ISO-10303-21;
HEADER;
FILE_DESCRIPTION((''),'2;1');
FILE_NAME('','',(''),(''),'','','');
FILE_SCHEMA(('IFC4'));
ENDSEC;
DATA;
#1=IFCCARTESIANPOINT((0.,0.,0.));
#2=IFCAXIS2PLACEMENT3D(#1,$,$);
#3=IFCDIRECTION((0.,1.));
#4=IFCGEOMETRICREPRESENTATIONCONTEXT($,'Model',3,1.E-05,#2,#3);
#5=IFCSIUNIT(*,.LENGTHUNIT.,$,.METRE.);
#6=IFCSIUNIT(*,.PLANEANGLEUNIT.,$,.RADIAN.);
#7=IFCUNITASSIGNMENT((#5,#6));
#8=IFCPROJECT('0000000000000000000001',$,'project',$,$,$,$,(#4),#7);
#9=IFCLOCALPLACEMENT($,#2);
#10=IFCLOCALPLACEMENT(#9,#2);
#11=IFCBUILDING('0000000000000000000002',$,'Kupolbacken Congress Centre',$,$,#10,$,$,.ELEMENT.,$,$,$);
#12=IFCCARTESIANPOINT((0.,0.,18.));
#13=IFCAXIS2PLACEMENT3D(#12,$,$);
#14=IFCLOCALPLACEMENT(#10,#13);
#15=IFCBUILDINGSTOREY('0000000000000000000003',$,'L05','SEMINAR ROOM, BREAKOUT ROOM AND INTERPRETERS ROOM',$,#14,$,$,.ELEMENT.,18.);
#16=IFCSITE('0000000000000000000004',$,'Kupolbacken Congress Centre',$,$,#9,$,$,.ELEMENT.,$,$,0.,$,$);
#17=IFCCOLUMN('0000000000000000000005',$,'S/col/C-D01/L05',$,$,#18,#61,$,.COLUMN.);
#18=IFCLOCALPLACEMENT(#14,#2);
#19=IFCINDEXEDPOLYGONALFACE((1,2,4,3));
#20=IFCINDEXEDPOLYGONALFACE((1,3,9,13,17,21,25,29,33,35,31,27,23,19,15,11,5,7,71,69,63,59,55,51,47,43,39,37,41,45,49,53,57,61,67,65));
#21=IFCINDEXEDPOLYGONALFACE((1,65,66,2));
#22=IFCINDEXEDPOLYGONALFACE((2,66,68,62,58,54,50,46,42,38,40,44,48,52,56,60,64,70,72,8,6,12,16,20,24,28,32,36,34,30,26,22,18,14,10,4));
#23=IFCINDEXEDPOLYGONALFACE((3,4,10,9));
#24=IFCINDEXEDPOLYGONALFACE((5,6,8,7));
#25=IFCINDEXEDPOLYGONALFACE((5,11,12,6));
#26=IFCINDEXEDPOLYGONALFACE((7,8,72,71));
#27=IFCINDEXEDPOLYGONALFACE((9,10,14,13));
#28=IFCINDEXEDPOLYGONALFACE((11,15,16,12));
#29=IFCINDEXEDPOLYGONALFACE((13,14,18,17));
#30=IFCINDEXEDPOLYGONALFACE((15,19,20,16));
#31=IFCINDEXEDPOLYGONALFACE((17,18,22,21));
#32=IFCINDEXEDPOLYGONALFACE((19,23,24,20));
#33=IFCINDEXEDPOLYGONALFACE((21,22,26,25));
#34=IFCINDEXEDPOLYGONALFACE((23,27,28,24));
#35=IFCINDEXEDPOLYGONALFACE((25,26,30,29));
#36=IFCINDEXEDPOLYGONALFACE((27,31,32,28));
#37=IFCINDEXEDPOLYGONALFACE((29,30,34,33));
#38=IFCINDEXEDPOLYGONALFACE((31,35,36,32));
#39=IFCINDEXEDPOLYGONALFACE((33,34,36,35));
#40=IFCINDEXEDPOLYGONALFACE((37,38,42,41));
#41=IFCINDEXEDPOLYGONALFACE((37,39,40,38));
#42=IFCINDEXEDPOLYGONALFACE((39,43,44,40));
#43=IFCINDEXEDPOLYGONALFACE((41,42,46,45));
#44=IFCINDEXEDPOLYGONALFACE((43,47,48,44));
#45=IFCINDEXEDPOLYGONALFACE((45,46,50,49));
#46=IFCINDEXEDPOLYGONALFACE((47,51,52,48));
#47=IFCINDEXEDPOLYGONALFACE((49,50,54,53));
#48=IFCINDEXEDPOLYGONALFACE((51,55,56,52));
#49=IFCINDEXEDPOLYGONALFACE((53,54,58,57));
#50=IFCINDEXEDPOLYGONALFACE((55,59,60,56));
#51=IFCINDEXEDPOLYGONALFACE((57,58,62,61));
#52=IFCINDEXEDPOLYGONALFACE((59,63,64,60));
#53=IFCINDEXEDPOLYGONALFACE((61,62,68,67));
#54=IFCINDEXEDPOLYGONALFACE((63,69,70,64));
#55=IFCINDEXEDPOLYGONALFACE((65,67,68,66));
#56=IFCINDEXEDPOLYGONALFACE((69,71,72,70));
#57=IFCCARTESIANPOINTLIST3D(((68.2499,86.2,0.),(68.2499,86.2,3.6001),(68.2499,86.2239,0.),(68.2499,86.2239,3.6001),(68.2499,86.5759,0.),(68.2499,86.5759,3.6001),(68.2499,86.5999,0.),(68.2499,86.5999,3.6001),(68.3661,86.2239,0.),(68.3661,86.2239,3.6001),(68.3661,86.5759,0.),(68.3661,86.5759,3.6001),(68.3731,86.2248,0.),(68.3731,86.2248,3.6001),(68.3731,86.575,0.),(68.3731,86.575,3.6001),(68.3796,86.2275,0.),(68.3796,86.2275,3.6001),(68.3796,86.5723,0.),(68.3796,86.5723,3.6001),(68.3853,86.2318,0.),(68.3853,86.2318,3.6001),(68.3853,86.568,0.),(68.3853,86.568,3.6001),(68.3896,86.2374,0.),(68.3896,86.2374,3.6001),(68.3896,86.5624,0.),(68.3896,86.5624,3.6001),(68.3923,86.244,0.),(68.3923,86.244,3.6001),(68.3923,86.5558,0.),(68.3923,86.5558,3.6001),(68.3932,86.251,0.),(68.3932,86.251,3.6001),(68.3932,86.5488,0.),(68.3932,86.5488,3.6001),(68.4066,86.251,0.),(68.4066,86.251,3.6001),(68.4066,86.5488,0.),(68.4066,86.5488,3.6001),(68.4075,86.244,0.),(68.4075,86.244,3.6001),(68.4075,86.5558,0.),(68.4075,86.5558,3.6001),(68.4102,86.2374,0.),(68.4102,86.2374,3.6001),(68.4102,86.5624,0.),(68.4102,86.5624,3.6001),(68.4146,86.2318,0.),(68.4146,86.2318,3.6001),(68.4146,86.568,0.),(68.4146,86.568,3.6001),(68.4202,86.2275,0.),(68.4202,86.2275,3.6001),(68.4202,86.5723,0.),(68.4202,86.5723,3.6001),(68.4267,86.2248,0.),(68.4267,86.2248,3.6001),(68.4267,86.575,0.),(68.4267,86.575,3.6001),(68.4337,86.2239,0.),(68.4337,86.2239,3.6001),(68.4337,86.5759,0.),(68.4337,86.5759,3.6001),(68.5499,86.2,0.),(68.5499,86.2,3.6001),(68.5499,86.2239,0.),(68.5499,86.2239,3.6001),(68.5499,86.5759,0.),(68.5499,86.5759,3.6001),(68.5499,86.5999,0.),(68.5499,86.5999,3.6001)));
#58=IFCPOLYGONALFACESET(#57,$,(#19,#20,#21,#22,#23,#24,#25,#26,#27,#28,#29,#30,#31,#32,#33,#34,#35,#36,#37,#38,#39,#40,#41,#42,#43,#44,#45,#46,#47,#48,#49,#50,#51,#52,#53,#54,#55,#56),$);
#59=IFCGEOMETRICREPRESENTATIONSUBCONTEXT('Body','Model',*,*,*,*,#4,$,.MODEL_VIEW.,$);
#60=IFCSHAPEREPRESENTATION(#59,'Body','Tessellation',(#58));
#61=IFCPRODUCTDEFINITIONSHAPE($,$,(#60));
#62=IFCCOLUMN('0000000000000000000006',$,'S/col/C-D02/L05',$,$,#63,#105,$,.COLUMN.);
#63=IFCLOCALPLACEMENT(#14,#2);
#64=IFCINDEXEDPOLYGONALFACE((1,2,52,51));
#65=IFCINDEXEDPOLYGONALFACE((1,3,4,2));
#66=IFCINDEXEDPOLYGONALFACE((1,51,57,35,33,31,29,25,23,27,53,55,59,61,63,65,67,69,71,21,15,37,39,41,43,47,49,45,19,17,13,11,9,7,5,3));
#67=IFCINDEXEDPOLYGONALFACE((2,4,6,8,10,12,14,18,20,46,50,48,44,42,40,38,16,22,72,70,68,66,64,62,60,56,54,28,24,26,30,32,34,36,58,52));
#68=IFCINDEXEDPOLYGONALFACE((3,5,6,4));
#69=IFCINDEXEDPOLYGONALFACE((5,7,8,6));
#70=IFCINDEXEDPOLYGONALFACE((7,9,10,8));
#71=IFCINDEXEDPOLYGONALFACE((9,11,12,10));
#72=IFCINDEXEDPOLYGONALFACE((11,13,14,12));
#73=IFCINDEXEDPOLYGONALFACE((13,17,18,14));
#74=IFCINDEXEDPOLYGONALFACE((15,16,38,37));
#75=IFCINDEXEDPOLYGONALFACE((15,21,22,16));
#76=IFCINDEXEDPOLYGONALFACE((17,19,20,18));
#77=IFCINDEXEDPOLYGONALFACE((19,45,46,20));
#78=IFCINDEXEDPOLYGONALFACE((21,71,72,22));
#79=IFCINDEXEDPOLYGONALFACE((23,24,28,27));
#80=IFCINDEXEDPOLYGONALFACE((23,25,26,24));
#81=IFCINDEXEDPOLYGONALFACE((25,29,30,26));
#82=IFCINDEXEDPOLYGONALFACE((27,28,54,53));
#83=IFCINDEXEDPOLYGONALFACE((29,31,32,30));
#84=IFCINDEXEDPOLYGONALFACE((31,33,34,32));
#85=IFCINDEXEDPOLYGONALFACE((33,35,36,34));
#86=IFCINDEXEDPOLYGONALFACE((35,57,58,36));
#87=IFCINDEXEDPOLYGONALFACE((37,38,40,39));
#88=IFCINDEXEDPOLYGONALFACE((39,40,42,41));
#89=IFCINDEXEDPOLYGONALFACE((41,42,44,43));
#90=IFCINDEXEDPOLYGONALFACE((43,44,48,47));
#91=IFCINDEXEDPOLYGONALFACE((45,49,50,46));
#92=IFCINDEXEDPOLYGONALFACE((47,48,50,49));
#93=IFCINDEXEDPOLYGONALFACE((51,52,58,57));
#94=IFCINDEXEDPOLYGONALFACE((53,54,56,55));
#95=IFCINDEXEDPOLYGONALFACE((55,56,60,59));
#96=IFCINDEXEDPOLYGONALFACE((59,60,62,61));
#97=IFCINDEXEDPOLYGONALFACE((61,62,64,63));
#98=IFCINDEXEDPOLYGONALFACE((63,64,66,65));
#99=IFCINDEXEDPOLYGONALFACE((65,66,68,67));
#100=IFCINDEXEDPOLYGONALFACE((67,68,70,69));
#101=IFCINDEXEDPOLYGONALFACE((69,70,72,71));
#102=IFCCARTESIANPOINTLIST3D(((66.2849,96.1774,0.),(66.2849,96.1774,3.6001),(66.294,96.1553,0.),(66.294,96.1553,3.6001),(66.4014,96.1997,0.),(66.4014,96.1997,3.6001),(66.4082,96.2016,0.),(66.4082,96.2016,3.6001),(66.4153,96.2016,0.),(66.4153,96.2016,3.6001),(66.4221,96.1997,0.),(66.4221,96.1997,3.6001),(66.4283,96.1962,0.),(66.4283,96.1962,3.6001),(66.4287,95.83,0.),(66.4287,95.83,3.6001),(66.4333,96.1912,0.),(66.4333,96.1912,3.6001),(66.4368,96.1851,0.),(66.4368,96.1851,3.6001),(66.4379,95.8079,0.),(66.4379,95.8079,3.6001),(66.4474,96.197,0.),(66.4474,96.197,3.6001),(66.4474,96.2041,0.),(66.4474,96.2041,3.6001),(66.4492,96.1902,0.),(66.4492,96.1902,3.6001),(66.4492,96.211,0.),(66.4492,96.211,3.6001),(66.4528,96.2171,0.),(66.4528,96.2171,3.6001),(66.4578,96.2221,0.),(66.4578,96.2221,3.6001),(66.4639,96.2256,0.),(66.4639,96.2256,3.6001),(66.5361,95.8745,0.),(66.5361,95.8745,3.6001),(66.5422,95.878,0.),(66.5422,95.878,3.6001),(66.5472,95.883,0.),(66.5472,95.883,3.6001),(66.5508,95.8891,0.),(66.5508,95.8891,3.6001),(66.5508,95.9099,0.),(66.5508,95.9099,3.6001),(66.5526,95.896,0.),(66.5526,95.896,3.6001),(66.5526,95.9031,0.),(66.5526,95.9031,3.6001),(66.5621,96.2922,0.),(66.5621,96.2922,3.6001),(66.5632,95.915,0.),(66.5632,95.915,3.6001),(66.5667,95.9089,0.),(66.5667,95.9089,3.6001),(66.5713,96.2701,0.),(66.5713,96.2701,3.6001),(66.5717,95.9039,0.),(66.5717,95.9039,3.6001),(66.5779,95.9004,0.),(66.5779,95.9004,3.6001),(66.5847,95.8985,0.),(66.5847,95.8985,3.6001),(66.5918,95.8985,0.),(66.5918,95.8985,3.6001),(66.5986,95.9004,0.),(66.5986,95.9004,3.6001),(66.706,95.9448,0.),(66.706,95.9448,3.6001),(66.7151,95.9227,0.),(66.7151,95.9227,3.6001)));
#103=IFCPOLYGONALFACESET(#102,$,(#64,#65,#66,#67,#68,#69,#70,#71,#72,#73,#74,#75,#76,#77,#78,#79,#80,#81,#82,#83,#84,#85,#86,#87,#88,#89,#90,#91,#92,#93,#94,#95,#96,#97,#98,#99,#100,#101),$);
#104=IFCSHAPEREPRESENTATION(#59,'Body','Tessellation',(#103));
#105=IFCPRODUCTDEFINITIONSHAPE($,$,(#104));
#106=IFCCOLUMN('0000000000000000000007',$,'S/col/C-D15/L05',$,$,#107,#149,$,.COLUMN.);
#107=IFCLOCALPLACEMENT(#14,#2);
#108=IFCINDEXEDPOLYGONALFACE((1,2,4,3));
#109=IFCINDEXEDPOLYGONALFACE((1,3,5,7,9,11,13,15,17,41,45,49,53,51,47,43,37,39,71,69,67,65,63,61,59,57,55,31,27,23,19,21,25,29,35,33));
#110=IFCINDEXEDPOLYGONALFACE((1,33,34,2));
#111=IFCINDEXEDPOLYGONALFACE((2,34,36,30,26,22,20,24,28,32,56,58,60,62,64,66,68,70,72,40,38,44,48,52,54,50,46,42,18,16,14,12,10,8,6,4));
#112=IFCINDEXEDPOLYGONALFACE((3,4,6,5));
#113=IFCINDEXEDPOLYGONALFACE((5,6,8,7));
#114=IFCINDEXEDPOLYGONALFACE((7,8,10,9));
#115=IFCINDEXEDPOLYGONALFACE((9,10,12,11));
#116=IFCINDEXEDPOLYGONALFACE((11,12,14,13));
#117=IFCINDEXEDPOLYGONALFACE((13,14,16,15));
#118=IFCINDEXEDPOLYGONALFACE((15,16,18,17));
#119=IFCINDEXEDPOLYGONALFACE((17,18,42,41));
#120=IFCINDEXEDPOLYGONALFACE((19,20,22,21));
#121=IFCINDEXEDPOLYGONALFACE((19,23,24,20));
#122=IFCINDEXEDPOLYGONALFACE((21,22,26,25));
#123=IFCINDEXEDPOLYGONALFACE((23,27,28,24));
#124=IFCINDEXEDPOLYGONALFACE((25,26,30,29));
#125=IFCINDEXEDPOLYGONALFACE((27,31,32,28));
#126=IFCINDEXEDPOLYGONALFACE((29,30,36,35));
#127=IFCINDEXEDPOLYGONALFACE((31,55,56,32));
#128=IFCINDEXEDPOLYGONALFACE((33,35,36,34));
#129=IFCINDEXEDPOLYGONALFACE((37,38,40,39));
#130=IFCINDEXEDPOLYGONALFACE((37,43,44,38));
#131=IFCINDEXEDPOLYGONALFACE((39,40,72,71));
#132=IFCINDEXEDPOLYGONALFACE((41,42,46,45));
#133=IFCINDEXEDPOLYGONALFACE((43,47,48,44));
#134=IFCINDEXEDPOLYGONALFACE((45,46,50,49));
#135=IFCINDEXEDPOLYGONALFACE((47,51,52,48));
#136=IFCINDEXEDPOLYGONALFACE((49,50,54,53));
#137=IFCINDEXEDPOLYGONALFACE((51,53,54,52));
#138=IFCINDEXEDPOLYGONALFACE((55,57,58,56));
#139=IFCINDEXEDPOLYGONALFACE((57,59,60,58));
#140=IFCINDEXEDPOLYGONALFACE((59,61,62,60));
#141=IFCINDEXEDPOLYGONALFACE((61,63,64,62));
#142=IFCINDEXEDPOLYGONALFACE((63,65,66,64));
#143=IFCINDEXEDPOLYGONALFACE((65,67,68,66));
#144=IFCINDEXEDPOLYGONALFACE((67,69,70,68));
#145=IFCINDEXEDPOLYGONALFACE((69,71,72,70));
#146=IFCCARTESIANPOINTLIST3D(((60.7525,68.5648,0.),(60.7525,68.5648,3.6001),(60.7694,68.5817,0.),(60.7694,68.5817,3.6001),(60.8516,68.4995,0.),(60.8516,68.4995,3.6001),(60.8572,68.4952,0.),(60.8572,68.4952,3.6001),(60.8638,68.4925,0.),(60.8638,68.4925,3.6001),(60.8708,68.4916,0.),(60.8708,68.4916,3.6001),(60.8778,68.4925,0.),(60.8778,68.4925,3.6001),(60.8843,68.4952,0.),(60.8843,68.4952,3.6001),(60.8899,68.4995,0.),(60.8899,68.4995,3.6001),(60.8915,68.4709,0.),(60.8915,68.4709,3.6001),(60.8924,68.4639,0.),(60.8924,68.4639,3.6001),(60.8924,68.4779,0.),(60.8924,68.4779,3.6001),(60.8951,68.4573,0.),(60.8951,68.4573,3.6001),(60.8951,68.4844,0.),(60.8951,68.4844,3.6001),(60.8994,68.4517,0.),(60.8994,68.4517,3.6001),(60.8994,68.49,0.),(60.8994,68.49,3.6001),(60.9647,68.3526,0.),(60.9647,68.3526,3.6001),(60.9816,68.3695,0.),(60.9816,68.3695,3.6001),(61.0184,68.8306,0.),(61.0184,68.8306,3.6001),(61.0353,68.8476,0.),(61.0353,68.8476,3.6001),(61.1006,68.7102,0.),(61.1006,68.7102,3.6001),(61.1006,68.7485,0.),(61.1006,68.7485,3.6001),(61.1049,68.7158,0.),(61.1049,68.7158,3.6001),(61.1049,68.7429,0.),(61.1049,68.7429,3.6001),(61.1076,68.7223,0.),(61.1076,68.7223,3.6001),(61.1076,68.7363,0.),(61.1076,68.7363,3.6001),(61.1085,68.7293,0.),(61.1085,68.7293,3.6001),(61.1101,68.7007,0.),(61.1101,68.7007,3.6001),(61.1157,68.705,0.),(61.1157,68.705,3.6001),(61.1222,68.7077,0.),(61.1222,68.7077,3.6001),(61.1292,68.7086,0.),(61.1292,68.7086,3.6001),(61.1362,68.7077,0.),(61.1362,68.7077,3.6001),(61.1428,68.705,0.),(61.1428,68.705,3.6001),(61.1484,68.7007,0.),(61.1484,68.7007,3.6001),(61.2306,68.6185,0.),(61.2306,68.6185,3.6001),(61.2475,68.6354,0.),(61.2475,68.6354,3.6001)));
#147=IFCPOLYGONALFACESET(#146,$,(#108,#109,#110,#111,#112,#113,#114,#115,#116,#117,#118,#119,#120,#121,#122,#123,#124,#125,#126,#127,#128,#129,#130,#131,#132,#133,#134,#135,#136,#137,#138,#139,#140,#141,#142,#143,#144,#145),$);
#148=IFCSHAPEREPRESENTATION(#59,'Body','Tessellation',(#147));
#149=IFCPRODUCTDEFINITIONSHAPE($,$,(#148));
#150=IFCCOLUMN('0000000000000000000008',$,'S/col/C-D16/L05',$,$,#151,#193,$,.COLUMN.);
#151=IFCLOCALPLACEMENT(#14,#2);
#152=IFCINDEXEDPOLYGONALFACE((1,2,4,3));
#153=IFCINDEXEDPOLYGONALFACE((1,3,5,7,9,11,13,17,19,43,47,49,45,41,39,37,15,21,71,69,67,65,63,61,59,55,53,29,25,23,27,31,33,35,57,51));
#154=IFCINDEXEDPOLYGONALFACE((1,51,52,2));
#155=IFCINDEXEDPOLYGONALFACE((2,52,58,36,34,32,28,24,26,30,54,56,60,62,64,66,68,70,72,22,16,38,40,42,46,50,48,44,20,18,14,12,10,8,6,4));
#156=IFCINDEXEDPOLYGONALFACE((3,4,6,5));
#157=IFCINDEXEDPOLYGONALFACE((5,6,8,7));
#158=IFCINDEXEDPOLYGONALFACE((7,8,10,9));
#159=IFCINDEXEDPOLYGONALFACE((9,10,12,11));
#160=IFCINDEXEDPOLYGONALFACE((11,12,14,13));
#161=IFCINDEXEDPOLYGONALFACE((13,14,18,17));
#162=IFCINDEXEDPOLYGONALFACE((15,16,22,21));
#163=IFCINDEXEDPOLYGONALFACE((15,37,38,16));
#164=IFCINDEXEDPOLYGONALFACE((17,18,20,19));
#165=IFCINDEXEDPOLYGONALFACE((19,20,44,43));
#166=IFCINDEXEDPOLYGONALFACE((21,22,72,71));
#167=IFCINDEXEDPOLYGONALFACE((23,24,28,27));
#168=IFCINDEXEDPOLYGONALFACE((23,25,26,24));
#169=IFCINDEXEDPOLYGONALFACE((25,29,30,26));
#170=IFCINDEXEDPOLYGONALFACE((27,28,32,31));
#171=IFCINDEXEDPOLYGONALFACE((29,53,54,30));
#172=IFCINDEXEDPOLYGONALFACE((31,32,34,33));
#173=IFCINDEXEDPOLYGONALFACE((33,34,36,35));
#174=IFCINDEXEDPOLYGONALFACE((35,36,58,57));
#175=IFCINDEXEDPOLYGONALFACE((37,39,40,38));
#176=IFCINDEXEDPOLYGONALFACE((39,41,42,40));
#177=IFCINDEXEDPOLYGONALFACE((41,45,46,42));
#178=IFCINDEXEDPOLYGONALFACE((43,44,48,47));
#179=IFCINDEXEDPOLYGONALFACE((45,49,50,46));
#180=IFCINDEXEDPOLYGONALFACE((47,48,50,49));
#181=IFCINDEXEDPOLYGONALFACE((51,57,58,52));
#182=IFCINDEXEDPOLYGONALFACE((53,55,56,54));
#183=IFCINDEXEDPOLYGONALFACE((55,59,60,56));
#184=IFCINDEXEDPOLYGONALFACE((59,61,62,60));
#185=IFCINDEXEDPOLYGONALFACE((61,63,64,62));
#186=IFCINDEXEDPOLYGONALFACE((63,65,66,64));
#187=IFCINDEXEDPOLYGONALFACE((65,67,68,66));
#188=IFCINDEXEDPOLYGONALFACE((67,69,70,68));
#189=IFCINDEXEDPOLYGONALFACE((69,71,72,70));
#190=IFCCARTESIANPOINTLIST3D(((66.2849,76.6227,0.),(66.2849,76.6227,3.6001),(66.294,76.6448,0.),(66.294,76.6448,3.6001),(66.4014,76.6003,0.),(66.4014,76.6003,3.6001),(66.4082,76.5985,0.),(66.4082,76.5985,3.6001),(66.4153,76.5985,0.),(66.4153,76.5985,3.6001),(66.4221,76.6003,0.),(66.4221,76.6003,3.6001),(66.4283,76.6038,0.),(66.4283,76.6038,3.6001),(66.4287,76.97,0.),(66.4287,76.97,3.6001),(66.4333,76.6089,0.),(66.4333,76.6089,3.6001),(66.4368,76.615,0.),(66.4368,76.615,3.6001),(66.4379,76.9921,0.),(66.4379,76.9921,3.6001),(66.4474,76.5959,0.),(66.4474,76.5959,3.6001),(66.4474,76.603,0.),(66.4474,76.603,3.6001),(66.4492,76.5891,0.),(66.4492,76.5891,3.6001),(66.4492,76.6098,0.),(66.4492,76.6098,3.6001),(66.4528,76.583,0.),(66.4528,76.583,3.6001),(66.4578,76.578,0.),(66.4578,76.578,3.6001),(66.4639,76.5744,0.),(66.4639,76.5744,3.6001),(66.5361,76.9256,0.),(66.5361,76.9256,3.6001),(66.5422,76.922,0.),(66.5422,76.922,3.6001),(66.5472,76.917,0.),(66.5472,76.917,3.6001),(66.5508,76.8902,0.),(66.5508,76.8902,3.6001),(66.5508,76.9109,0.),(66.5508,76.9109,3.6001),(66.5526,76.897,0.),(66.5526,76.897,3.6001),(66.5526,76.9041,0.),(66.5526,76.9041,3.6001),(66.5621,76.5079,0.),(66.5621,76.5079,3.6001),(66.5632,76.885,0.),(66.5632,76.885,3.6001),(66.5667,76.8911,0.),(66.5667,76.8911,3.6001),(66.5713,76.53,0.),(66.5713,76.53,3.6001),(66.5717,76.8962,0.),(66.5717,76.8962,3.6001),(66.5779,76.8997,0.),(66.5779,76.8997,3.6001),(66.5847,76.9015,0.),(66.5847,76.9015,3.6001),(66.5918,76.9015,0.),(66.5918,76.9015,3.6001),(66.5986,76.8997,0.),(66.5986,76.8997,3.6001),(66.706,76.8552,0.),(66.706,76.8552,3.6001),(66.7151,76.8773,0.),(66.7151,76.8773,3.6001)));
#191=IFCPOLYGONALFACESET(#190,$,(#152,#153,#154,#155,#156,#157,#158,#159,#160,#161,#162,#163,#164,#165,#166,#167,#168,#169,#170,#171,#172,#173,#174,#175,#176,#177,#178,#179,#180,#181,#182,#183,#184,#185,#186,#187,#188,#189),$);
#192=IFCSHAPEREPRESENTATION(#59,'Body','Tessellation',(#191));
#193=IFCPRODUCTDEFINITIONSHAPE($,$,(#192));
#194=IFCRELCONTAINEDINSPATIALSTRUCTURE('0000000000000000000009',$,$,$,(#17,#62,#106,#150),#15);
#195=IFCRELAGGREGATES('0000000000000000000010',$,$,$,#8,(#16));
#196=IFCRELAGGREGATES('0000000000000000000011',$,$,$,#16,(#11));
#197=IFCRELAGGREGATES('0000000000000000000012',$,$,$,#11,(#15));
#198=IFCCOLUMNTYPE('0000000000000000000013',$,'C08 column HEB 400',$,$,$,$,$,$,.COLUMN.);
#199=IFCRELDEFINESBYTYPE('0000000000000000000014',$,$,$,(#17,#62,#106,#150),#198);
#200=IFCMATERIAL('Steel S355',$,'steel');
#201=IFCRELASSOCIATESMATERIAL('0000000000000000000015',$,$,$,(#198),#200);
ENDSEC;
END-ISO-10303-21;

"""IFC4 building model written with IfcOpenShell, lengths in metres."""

from ifc_helpers import new_model, si_unit, direction, frame, origin, origin_2d, place, context, subcontext, project, spatial, i_section, extrude, material, material_profile, profile_set, type_object, element, save


model = new_model("IFC4")

# Units and contexts
model_context = context("Model", 3, precision=1e-05, world=origin(), true_north=direction((0.0, 1.0)))
body_context = subcontext(model_context, "Body", "Model", "MODEL_VIEW")
ifc_project = project(units=[si_unit("LENGTHUNIT", "METRE"), si_unit("PLANEANGLEUNIT", "RADIAN")], contexts=[model_context])

# Site, building, storey
site_placement = place(None, origin())
site = spatial("IfcSite", under=ifc_project, at=site_placement, Name="Kupolbacken Congress Centre", CompositionType="ELEMENT", RefElevation=0.0)
building_placement = place(site_placement, origin())
building = spatial("IfcBuilding", under=site, at=building_placement, Name="Kupolbacken Congress Centre", CompositionType="ELEMENT")
storey_placement = place(building_placement, frame((0.0, 0.0, 18.0)))
storey = spatial("IfcBuildingStorey", under=building, at=storey_placement, Name="L05", Description="SEMINAR ROOM, BREAKOUT ROOM AND INTERPRETERS ROOM", CompositionType="ELEMENT", Elevation=18.0)

# Columns
ifc_material_1 = material(Name="Steel S355", Category="steel")
ifc_material_profile_1 = material_profile(ifc_material_1, i_section(OverallWidth=0.3, OverallDepth=0.3999, WebThickness=0.0134, FlangeThickness=0.0239, FilletRadius=0.0271, at=origin_2d()), Name="HEB 400")
ifc_profile_set_1 = profile_set([ifc_material_profile_1], Name="Steel S355")
column_type = type_object("IfcColumnType", Name="C08 column HEB 400", PredefinedType="COLUMN", material=ifc_profile_set_1)
for number, where, z_axis, x_axis, name in (
    (1, (68.3999, 86.3999, 0.0), (0.0, 0.0, 1.0), (1.0, 0.0, 0.0), "S/col/C-D01/L05"),
    (2, (66.5, 96.05, 0.0), (0.0, 0.0, 1.0), (0.923896, 0.382644, 0.0), "S/col/C-D02/L05"),
    (3, (61.0, 68.6001, 0.0), (0.0, 0.0, 1.0), (0.707107, -0.707107, 0.0), "S/col/C-D15/L05"),
    (4, (66.5, 76.75, 0.0), (0.0, 0.0, 1.0), (0.923896, -0.382644, 0.0), "S/col/C-D16/L05"),
):
    element("IfcColumn", number, at=place(storey_placement, frame(where, z_axis=z_axis, x_axis=x_axis)), inside=storey, type_object=column_type, Name=name, PredefinedType="COLUMN", context=body_context, shape_type="SweptSolid", body=[
        extrude(i_section(OverallWidth=0.3, OverallDepth=0.3999, WebThickness=0.0134, FlangeThickness=0.0239, FilletRadius=0.0271, at=origin_2d()), origin(), (0.0, 0.0, 1.0), 3.6001),
    ])

save(model, "model.ifc")
